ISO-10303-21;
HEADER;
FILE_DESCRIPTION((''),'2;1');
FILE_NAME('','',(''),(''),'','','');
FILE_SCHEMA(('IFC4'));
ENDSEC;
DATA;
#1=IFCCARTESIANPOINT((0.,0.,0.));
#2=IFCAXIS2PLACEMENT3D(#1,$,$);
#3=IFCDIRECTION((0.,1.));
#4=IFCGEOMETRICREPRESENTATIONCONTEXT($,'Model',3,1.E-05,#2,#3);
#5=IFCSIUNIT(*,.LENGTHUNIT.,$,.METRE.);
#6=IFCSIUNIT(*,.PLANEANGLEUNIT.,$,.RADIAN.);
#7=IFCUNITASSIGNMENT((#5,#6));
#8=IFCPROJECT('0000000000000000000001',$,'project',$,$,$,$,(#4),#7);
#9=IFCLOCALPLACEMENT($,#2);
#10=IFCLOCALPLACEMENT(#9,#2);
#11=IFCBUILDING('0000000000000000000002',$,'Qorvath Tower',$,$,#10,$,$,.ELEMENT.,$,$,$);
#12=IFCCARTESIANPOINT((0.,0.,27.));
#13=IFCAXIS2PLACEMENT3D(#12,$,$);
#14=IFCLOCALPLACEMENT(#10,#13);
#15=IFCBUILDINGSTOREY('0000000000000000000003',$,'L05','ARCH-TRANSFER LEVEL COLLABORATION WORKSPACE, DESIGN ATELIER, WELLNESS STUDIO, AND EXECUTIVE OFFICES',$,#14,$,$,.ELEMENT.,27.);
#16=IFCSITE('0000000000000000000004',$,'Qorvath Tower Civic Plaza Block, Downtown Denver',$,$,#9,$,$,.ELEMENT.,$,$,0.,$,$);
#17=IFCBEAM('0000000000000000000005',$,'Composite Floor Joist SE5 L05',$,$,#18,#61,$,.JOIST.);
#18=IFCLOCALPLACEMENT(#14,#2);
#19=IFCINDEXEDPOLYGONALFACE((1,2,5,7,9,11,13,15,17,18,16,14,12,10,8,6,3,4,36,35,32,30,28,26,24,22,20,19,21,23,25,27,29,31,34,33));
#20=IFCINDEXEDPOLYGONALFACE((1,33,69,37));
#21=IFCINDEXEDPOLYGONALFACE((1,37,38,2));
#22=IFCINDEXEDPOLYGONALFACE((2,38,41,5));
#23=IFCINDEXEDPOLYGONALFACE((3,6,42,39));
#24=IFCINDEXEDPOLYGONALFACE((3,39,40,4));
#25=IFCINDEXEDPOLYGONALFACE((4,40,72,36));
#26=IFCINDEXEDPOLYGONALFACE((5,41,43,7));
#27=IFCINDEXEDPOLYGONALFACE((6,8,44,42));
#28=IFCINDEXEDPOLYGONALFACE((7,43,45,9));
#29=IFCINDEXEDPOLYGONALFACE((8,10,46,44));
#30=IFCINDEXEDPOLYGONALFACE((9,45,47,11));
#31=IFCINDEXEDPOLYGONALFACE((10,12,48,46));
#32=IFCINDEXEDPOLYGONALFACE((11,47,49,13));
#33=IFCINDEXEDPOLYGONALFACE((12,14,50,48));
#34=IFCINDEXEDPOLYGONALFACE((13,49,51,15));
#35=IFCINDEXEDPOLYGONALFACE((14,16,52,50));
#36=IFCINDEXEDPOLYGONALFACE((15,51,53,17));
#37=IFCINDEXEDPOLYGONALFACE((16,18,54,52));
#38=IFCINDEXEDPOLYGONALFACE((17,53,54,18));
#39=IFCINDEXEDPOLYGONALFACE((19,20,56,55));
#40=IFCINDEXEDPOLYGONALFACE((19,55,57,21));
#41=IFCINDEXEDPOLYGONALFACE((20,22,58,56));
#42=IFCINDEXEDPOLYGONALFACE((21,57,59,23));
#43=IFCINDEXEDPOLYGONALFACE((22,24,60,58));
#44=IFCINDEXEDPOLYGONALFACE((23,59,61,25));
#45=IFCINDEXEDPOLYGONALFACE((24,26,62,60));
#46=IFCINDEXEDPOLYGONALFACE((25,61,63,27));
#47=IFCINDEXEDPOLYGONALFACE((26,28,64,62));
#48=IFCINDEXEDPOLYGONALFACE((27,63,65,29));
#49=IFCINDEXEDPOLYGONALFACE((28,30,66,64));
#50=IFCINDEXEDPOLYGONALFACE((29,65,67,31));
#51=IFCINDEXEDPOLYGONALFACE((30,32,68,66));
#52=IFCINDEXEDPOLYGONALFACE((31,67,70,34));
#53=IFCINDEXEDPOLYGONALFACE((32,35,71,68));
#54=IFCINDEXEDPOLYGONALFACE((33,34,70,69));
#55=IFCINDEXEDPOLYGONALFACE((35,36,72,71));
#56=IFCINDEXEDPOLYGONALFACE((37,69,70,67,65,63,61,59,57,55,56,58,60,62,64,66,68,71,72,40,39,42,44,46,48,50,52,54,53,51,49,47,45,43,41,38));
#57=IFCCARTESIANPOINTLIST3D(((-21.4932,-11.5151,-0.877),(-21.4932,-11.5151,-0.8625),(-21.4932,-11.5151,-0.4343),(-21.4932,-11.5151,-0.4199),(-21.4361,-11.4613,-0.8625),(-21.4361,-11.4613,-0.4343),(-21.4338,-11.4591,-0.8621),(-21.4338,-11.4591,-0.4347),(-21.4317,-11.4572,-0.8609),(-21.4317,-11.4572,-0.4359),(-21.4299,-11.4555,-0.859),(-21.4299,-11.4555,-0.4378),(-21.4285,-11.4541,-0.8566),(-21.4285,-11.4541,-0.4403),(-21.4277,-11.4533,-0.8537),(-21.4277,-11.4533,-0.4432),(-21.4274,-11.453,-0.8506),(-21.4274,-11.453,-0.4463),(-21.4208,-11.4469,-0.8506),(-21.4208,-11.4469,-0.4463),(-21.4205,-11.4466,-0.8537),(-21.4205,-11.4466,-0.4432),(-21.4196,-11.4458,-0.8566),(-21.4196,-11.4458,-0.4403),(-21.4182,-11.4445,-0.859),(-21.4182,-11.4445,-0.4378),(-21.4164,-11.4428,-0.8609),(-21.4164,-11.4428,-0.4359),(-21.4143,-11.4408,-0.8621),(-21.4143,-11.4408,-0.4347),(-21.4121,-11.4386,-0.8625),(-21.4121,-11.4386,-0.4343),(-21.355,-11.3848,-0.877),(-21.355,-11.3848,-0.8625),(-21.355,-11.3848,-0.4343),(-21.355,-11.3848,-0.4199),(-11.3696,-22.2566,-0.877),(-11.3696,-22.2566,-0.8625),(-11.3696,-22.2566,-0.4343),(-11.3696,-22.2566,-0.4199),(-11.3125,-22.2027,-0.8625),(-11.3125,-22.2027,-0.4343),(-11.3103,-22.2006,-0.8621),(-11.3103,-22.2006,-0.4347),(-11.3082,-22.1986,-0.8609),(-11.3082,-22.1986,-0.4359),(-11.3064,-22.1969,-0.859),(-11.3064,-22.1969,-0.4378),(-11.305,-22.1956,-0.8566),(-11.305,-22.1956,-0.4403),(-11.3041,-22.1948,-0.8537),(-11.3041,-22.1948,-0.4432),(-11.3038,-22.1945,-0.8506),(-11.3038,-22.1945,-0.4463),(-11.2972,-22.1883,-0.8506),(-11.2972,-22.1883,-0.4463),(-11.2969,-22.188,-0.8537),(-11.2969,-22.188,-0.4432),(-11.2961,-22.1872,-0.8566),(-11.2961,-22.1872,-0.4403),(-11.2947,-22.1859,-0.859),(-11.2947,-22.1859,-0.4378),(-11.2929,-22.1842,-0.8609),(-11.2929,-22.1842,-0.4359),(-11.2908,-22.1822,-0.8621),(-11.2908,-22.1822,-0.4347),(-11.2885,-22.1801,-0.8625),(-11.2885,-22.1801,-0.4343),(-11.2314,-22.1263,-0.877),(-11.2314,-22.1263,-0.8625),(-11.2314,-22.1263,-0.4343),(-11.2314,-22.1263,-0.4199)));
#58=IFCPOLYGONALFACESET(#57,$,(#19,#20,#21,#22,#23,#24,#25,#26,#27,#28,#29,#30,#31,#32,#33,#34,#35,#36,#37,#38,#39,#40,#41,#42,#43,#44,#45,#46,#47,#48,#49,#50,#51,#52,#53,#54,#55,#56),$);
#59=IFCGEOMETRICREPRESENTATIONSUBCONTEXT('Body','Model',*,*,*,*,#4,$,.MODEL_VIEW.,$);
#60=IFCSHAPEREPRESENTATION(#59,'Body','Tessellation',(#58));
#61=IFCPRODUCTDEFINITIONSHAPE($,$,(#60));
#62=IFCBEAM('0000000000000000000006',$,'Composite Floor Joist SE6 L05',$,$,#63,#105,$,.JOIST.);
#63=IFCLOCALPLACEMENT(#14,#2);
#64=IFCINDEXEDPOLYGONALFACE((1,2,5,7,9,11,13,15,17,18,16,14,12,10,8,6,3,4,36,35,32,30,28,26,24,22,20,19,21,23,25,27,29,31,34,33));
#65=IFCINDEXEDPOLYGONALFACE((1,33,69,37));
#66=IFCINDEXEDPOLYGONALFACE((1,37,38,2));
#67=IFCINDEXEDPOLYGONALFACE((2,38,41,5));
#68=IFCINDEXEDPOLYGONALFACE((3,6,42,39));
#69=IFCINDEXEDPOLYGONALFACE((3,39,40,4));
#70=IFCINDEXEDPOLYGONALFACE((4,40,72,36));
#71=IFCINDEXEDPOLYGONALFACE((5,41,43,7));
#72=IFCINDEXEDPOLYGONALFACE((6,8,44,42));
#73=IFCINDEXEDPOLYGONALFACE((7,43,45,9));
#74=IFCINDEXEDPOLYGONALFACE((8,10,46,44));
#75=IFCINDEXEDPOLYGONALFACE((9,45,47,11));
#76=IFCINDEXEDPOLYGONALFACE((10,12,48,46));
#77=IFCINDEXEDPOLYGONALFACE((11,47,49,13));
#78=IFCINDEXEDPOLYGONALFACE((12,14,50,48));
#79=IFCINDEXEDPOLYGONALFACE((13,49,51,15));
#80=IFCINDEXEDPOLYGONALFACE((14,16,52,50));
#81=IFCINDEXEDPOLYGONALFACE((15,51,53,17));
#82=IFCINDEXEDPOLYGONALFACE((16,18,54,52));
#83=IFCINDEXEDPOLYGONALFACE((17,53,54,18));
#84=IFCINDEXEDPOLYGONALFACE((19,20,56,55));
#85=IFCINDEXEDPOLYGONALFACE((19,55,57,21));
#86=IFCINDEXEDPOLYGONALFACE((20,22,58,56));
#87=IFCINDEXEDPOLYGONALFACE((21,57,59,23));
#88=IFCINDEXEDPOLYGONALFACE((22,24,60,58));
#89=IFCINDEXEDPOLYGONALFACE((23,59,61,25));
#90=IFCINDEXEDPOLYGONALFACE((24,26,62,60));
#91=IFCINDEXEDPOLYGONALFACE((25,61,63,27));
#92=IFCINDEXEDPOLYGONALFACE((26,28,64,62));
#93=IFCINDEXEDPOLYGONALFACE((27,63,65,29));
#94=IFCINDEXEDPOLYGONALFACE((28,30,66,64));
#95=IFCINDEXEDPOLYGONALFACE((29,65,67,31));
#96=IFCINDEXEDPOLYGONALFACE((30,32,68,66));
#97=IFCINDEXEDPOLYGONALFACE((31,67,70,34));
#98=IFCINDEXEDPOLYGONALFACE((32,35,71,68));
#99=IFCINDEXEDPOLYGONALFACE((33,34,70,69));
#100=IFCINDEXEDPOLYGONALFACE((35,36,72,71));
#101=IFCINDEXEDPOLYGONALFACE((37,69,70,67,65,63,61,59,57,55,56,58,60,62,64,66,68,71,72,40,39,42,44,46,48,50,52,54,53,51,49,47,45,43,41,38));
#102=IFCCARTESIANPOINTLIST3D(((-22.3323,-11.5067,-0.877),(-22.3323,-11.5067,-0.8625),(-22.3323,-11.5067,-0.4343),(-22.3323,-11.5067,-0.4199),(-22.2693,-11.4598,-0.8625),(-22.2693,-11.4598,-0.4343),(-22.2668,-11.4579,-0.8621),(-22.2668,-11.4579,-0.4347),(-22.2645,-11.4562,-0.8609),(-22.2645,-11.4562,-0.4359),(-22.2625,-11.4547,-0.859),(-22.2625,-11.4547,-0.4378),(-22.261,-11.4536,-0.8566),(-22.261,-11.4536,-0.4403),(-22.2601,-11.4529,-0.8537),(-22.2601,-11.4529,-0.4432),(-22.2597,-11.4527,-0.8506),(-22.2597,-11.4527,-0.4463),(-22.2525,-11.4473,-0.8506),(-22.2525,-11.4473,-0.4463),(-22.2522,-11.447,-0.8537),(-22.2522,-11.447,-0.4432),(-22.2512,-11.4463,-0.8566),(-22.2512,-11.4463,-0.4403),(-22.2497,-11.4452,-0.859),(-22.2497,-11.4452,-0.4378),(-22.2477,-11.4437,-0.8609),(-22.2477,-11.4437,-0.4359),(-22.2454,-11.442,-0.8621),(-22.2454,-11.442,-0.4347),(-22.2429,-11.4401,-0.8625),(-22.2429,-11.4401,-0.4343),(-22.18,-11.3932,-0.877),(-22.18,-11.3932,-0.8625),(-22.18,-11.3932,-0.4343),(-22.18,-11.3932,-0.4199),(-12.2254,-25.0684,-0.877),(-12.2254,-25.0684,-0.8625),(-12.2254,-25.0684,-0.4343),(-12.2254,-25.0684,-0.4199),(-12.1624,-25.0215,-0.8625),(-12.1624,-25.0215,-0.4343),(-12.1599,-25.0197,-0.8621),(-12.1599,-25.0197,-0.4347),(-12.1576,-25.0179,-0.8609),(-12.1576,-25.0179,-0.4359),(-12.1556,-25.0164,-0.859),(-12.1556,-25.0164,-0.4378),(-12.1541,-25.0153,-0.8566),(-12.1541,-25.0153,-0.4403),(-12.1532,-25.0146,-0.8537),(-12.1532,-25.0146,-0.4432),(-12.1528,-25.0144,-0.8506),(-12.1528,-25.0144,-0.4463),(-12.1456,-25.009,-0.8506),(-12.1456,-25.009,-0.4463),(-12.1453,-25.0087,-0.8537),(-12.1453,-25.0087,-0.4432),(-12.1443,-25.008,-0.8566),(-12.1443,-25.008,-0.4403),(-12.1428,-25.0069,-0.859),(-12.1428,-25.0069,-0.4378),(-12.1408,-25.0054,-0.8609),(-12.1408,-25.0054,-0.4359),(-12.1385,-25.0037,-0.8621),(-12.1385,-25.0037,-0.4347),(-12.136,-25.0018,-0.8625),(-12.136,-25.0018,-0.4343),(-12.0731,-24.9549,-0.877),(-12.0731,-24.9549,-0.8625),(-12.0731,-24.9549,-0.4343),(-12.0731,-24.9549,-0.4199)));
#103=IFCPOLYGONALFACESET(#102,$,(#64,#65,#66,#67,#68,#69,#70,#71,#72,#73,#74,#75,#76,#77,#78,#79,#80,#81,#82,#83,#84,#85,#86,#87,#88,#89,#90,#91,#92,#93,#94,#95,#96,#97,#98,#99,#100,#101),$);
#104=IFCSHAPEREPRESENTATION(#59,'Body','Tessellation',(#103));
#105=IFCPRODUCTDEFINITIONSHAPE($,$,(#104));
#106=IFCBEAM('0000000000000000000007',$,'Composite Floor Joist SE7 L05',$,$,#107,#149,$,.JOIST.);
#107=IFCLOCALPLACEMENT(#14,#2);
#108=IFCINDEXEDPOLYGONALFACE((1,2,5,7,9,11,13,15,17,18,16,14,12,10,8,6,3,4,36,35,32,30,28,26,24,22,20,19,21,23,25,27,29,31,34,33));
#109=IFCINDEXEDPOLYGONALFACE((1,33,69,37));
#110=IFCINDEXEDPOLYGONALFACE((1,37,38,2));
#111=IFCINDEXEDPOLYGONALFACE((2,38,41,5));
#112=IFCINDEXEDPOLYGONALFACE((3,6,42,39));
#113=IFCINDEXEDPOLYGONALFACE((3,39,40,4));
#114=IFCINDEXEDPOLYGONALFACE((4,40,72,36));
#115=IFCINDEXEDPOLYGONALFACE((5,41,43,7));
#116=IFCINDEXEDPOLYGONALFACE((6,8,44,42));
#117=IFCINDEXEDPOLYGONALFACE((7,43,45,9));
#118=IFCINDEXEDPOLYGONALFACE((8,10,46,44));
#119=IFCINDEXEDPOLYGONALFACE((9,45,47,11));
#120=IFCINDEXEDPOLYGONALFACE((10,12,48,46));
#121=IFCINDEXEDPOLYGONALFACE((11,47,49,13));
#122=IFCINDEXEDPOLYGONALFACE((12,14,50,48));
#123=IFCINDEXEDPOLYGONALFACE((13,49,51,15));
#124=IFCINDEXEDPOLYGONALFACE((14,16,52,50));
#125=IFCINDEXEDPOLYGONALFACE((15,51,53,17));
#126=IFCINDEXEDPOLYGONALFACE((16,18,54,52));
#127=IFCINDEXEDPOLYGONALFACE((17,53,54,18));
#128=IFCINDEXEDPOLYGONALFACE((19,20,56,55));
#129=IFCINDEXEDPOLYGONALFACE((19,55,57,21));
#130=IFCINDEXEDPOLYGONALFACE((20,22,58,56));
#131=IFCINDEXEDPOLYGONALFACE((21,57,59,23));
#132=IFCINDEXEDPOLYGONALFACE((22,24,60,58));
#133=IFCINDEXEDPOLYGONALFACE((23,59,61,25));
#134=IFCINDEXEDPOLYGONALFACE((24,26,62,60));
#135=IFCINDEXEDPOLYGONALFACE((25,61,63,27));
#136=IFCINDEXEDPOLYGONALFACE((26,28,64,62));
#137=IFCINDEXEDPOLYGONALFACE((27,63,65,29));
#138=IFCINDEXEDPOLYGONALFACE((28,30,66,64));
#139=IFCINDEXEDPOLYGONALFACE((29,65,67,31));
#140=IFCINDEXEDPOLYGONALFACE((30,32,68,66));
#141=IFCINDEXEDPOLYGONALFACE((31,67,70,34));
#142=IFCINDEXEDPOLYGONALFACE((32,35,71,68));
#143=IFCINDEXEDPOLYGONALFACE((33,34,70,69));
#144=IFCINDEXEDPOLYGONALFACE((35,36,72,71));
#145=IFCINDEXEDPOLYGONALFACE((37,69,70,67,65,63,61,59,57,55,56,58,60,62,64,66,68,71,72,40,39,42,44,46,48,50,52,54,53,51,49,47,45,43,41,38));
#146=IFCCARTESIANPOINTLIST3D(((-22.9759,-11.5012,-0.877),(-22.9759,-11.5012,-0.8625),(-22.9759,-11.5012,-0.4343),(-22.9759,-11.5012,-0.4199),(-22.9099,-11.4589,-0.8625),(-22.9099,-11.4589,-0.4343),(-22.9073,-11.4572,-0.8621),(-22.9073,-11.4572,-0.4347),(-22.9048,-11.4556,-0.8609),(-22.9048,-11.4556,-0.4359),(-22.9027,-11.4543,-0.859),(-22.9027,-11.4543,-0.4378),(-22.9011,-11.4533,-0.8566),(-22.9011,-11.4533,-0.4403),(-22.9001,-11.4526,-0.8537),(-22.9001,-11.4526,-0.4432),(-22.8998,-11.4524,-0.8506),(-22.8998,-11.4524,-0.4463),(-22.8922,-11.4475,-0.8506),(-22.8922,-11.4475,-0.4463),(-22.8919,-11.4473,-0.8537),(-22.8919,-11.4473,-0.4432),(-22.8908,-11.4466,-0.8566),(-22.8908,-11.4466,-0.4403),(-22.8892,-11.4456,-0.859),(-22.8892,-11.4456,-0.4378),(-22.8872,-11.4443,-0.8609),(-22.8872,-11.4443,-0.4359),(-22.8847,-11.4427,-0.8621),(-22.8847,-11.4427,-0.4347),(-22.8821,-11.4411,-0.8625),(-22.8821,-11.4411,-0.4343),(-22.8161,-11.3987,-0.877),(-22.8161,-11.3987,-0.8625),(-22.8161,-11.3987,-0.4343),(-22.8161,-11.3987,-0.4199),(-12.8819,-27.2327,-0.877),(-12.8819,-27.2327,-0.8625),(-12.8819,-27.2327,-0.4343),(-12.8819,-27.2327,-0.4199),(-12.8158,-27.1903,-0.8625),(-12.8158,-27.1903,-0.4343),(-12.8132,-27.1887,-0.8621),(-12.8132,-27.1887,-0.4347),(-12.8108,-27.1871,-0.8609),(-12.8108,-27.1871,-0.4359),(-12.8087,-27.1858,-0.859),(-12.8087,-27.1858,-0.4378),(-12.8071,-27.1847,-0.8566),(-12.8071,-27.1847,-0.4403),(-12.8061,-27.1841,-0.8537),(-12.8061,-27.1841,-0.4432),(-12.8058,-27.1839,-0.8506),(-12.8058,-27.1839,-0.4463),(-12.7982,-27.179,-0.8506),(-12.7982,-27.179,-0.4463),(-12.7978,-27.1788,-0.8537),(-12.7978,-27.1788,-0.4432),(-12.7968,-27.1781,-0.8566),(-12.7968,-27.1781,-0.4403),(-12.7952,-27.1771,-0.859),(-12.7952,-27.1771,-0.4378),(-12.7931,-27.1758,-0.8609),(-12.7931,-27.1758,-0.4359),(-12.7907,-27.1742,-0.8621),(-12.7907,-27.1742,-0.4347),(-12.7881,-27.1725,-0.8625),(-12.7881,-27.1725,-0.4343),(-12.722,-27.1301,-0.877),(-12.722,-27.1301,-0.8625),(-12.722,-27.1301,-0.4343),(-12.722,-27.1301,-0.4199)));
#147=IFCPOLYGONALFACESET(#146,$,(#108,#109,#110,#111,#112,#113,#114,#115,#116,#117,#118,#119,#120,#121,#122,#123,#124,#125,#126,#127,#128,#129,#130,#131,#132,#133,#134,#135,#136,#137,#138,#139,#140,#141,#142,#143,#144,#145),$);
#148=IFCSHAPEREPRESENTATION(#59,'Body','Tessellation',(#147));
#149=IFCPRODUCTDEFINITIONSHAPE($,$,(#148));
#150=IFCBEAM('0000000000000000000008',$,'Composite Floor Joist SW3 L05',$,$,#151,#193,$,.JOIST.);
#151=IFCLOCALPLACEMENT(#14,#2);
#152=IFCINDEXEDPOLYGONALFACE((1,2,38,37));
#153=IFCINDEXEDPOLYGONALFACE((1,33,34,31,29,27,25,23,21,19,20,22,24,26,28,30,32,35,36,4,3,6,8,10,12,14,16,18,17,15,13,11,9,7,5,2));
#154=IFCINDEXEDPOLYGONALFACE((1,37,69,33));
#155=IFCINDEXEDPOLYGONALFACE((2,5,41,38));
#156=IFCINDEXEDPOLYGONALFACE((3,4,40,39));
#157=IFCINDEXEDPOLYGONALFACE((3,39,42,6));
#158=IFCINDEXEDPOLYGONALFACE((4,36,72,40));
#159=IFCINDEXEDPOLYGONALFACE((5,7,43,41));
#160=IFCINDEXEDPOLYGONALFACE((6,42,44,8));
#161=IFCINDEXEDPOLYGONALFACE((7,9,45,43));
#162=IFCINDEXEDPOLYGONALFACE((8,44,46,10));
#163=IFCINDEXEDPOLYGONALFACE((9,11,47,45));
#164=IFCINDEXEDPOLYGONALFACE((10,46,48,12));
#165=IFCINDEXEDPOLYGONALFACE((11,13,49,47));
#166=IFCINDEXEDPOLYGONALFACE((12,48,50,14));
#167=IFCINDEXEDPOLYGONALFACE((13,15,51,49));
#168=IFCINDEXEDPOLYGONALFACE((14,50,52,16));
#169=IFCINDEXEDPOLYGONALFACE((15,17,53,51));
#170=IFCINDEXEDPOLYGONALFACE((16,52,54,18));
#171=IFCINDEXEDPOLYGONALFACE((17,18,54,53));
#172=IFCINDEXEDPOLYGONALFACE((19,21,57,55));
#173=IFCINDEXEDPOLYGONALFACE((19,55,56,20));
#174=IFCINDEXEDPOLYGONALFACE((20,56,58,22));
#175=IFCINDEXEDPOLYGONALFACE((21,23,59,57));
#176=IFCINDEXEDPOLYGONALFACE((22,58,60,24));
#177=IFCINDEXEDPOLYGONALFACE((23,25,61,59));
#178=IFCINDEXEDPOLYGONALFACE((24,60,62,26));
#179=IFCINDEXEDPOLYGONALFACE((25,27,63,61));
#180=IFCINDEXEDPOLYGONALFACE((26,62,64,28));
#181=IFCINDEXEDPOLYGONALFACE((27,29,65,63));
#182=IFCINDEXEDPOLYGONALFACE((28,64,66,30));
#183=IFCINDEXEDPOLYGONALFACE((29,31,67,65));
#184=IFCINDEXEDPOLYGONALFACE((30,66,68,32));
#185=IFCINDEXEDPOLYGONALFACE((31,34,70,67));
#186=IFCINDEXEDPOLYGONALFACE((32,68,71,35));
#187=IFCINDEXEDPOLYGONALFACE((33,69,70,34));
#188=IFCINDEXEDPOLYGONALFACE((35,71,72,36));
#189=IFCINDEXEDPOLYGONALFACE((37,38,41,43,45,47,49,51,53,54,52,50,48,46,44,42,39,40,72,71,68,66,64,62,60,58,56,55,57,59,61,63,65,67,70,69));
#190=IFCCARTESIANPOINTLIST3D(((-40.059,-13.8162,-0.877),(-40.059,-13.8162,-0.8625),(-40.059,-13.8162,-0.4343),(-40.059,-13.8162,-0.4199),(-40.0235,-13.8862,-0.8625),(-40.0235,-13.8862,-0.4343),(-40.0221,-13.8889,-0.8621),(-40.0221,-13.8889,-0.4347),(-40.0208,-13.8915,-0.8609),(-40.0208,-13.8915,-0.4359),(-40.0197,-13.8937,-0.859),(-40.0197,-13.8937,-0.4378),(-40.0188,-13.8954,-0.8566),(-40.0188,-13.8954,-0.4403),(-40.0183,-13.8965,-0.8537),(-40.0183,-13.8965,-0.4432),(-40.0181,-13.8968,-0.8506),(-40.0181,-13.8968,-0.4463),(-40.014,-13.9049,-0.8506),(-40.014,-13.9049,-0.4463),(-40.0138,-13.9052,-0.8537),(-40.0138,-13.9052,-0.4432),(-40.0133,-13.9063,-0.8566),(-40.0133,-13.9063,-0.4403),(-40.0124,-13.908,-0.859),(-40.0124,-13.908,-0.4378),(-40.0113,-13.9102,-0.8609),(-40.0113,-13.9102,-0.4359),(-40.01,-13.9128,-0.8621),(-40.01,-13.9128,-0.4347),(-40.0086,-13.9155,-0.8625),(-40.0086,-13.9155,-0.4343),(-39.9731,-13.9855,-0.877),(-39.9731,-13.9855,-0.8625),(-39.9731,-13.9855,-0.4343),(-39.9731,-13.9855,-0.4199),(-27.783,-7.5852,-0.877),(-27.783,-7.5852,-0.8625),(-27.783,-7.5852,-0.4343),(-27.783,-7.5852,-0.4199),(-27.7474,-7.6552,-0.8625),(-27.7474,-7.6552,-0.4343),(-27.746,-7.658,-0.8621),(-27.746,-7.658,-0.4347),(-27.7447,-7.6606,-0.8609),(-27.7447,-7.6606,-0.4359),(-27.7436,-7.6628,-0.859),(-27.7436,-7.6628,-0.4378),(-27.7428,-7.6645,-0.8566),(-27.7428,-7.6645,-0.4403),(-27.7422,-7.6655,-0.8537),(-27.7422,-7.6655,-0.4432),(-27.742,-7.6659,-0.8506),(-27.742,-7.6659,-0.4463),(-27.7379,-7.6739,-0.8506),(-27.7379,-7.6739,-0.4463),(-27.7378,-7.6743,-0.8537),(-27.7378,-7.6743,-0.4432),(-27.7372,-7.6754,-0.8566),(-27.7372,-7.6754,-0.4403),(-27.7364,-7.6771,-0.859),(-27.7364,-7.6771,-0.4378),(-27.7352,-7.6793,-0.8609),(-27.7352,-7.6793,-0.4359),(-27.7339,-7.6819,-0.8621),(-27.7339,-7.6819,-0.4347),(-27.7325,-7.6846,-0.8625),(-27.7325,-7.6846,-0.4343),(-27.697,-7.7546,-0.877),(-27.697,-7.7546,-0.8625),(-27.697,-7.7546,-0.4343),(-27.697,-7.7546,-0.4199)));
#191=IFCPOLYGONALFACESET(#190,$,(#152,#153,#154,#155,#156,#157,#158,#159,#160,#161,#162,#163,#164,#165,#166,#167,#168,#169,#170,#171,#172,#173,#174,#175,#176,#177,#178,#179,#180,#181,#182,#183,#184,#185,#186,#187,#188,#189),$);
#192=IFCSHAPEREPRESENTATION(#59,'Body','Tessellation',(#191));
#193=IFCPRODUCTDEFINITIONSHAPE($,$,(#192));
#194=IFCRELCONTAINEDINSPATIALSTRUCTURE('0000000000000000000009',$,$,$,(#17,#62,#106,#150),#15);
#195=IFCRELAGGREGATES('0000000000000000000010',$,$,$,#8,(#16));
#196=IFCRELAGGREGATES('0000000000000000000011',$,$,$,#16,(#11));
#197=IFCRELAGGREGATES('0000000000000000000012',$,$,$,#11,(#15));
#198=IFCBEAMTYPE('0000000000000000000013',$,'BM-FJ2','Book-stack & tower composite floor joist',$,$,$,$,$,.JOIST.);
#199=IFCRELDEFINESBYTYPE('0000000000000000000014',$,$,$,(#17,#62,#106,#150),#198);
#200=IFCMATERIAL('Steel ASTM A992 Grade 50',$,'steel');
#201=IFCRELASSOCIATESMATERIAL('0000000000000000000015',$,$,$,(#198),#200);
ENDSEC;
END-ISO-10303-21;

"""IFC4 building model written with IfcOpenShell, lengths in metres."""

from ifc_helpers import new_model, si_unit, direction, frame, origin, origin_2d, place, context, subcontext, project, spatial, i_section, extrude, material, material_profile, profile_set, type_object, element, save


model = new_model("IFC4")

# Units and contexts
model_context = context("Model", 3, precision=1e-05, world=origin(), true_north=direction((0.0, 1.0)))
body_context = subcontext(model_context, "Body", "Model", "MODEL_VIEW")
ifc_project = project(units=[si_unit("LENGTHUNIT", "METRE"), si_unit("PLANEANGLEUNIT", "RADIAN")], contexts=[model_context])

# Site, building, storey
site_placement = place(None, origin())
site = spatial("IfcSite", under=ifc_project, at=site_placement, Name="Qorvath Tower Civic Plaza Block, Downtown Denver", CompositionType="ELEMENT", RefElevation=0.0)
building_placement = place(site_placement, origin())
building = spatial("IfcBuilding", under=site, at=building_placement, Name="Qorvath Tower", CompositionType="ELEMENT")
storey_placement = place(building_placement, frame((0.0, 0.0, 27.0)))
storey = spatial("IfcBuildingStorey", under=building, at=storey_placement, Name="L05", Description="ARCH-TRANSFER LEVEL COLLABORATION WORKSPACE, DESIGN ATELIER, WELLNESS STUDIO, AND EXECUTIVE OFFICES", CompositionType="ELEMENT", Elevation=27.0)

# Beams
ifc_material_1 = material(Name="Steel ASTM A992 Grade 50", Category="steel")
ifc_material_profile_1 = material_profile(ifc_material_1, i_section(OverallWidth=0.1899, OverallDepth=0.457, WebThickness=0.009, FlangeThickness=0.0144, FilletRadius=0.012, at=origin_2d()), Name="W18x50")
ifc_profile_set_1 = profile_set([ifc_material_profile_1], Name="Steel ASTM A992 Grade 50")
beam_type_1 = type_object("IfcBeamType", Name="BM-FJ2", Description="Book-stack & tower composite floor joist", PredefinedType="JOIST", material=ifc_profile_set_1)
beam_1_placement = place(storey_placement, frame((-21.4241, -11.45, -0.6484), z_axis=(0.685865, -0.727729, 0.0), x_axis=(0.727729, 0.685865, 0.0)))
element("IfcBeam", 1, at=beam_1_placement, inside=storey, type_object=beam_type_1, Name="Composite Floor Joist SE5 L05", PredefinedType="JOIST", context=body_context, shape_type="SweptSolid", body=[
    extrude(i_section(OverallWidth=0.1899, OverallDepth=0.457, WebThickness=0.009, FlangeThickness=0.0144, FilletRadius=0.012, at=origin_2d()), origin(), (0.0, 0.0, 1.0), 14.7603),
])
beam_2_placement = place(storey_placement, frame((-22.2561, -11.45, -0.6484), z_axis=(0.597561, -0.801824, 0.0), x_axis=(0.801824, 0.597561, 0.0)))
element("IfcBeam", 2, at=beam_2_placement, inside=storey, type_object=beam_type_1, Name="Composite Floor Joist SE6 L05", PredefinedType="JOIST", context=body_context, shape_type="SweptSolid", body=[
    extrude(i_section(OverallWidth=0.1899, OverallDepth=0.457, WebThickness=0.009, FlangeThickness=0.0144, FilletRadius=0.012, at=origin_2d()), origin(), (0.0, 0.0, 1.0), 16.9136),
])
beam_3_placement = place(storey_placement, frame((-22.896, -11.45, -0.6484), z_axis=(0.540035, -0.841642, 0.0), x_axis=(0.841642, 0.540035, 0.0)))
element("IfcBeam", 3, at=beam_3_placement, inside=storey, type_object=beam_type_1, Name="Composite Floor Joist SE7 L05", PredefinedType="JOIST", context=body_context, shape_type="SweptSolid", body=[
    extrude(i_section(OverallWidth=0.1899, OverallDepth=0.457, WebThickness=0.009, FlangeThickness=0.0144, FilletRadius=0.012, at=origin_2d()), origin(), (0.0, 0.0, 1.0), 18.6914),
])
beam_4_placement = place(storey_placement, frame((-27.74, -7.6699, -0.6484), z_axis=(-0.891712, -0.452604, 0.0), x_axis=(0.452604, -0.891712, 0.0)))
element("IfcBeam", 4, at=beam_4_placement, inside=storey, type_object=beam_type_1, Name="Composite Floor Joist SW3 L05", PredefinedType="JOIST", context=body_context, shape_type="SweptSolid", body=[
    extrude(i_section(OverallWidth=0.1899, OverallDepth=0.457, WebThickness=0.009, FlangeThickness=0.0144, FilletRadius=0.012, at=origin_2d()), origin(), (0.0, 0.0, 1.0), 13.7668),
])

save(model, "model.ifc")
